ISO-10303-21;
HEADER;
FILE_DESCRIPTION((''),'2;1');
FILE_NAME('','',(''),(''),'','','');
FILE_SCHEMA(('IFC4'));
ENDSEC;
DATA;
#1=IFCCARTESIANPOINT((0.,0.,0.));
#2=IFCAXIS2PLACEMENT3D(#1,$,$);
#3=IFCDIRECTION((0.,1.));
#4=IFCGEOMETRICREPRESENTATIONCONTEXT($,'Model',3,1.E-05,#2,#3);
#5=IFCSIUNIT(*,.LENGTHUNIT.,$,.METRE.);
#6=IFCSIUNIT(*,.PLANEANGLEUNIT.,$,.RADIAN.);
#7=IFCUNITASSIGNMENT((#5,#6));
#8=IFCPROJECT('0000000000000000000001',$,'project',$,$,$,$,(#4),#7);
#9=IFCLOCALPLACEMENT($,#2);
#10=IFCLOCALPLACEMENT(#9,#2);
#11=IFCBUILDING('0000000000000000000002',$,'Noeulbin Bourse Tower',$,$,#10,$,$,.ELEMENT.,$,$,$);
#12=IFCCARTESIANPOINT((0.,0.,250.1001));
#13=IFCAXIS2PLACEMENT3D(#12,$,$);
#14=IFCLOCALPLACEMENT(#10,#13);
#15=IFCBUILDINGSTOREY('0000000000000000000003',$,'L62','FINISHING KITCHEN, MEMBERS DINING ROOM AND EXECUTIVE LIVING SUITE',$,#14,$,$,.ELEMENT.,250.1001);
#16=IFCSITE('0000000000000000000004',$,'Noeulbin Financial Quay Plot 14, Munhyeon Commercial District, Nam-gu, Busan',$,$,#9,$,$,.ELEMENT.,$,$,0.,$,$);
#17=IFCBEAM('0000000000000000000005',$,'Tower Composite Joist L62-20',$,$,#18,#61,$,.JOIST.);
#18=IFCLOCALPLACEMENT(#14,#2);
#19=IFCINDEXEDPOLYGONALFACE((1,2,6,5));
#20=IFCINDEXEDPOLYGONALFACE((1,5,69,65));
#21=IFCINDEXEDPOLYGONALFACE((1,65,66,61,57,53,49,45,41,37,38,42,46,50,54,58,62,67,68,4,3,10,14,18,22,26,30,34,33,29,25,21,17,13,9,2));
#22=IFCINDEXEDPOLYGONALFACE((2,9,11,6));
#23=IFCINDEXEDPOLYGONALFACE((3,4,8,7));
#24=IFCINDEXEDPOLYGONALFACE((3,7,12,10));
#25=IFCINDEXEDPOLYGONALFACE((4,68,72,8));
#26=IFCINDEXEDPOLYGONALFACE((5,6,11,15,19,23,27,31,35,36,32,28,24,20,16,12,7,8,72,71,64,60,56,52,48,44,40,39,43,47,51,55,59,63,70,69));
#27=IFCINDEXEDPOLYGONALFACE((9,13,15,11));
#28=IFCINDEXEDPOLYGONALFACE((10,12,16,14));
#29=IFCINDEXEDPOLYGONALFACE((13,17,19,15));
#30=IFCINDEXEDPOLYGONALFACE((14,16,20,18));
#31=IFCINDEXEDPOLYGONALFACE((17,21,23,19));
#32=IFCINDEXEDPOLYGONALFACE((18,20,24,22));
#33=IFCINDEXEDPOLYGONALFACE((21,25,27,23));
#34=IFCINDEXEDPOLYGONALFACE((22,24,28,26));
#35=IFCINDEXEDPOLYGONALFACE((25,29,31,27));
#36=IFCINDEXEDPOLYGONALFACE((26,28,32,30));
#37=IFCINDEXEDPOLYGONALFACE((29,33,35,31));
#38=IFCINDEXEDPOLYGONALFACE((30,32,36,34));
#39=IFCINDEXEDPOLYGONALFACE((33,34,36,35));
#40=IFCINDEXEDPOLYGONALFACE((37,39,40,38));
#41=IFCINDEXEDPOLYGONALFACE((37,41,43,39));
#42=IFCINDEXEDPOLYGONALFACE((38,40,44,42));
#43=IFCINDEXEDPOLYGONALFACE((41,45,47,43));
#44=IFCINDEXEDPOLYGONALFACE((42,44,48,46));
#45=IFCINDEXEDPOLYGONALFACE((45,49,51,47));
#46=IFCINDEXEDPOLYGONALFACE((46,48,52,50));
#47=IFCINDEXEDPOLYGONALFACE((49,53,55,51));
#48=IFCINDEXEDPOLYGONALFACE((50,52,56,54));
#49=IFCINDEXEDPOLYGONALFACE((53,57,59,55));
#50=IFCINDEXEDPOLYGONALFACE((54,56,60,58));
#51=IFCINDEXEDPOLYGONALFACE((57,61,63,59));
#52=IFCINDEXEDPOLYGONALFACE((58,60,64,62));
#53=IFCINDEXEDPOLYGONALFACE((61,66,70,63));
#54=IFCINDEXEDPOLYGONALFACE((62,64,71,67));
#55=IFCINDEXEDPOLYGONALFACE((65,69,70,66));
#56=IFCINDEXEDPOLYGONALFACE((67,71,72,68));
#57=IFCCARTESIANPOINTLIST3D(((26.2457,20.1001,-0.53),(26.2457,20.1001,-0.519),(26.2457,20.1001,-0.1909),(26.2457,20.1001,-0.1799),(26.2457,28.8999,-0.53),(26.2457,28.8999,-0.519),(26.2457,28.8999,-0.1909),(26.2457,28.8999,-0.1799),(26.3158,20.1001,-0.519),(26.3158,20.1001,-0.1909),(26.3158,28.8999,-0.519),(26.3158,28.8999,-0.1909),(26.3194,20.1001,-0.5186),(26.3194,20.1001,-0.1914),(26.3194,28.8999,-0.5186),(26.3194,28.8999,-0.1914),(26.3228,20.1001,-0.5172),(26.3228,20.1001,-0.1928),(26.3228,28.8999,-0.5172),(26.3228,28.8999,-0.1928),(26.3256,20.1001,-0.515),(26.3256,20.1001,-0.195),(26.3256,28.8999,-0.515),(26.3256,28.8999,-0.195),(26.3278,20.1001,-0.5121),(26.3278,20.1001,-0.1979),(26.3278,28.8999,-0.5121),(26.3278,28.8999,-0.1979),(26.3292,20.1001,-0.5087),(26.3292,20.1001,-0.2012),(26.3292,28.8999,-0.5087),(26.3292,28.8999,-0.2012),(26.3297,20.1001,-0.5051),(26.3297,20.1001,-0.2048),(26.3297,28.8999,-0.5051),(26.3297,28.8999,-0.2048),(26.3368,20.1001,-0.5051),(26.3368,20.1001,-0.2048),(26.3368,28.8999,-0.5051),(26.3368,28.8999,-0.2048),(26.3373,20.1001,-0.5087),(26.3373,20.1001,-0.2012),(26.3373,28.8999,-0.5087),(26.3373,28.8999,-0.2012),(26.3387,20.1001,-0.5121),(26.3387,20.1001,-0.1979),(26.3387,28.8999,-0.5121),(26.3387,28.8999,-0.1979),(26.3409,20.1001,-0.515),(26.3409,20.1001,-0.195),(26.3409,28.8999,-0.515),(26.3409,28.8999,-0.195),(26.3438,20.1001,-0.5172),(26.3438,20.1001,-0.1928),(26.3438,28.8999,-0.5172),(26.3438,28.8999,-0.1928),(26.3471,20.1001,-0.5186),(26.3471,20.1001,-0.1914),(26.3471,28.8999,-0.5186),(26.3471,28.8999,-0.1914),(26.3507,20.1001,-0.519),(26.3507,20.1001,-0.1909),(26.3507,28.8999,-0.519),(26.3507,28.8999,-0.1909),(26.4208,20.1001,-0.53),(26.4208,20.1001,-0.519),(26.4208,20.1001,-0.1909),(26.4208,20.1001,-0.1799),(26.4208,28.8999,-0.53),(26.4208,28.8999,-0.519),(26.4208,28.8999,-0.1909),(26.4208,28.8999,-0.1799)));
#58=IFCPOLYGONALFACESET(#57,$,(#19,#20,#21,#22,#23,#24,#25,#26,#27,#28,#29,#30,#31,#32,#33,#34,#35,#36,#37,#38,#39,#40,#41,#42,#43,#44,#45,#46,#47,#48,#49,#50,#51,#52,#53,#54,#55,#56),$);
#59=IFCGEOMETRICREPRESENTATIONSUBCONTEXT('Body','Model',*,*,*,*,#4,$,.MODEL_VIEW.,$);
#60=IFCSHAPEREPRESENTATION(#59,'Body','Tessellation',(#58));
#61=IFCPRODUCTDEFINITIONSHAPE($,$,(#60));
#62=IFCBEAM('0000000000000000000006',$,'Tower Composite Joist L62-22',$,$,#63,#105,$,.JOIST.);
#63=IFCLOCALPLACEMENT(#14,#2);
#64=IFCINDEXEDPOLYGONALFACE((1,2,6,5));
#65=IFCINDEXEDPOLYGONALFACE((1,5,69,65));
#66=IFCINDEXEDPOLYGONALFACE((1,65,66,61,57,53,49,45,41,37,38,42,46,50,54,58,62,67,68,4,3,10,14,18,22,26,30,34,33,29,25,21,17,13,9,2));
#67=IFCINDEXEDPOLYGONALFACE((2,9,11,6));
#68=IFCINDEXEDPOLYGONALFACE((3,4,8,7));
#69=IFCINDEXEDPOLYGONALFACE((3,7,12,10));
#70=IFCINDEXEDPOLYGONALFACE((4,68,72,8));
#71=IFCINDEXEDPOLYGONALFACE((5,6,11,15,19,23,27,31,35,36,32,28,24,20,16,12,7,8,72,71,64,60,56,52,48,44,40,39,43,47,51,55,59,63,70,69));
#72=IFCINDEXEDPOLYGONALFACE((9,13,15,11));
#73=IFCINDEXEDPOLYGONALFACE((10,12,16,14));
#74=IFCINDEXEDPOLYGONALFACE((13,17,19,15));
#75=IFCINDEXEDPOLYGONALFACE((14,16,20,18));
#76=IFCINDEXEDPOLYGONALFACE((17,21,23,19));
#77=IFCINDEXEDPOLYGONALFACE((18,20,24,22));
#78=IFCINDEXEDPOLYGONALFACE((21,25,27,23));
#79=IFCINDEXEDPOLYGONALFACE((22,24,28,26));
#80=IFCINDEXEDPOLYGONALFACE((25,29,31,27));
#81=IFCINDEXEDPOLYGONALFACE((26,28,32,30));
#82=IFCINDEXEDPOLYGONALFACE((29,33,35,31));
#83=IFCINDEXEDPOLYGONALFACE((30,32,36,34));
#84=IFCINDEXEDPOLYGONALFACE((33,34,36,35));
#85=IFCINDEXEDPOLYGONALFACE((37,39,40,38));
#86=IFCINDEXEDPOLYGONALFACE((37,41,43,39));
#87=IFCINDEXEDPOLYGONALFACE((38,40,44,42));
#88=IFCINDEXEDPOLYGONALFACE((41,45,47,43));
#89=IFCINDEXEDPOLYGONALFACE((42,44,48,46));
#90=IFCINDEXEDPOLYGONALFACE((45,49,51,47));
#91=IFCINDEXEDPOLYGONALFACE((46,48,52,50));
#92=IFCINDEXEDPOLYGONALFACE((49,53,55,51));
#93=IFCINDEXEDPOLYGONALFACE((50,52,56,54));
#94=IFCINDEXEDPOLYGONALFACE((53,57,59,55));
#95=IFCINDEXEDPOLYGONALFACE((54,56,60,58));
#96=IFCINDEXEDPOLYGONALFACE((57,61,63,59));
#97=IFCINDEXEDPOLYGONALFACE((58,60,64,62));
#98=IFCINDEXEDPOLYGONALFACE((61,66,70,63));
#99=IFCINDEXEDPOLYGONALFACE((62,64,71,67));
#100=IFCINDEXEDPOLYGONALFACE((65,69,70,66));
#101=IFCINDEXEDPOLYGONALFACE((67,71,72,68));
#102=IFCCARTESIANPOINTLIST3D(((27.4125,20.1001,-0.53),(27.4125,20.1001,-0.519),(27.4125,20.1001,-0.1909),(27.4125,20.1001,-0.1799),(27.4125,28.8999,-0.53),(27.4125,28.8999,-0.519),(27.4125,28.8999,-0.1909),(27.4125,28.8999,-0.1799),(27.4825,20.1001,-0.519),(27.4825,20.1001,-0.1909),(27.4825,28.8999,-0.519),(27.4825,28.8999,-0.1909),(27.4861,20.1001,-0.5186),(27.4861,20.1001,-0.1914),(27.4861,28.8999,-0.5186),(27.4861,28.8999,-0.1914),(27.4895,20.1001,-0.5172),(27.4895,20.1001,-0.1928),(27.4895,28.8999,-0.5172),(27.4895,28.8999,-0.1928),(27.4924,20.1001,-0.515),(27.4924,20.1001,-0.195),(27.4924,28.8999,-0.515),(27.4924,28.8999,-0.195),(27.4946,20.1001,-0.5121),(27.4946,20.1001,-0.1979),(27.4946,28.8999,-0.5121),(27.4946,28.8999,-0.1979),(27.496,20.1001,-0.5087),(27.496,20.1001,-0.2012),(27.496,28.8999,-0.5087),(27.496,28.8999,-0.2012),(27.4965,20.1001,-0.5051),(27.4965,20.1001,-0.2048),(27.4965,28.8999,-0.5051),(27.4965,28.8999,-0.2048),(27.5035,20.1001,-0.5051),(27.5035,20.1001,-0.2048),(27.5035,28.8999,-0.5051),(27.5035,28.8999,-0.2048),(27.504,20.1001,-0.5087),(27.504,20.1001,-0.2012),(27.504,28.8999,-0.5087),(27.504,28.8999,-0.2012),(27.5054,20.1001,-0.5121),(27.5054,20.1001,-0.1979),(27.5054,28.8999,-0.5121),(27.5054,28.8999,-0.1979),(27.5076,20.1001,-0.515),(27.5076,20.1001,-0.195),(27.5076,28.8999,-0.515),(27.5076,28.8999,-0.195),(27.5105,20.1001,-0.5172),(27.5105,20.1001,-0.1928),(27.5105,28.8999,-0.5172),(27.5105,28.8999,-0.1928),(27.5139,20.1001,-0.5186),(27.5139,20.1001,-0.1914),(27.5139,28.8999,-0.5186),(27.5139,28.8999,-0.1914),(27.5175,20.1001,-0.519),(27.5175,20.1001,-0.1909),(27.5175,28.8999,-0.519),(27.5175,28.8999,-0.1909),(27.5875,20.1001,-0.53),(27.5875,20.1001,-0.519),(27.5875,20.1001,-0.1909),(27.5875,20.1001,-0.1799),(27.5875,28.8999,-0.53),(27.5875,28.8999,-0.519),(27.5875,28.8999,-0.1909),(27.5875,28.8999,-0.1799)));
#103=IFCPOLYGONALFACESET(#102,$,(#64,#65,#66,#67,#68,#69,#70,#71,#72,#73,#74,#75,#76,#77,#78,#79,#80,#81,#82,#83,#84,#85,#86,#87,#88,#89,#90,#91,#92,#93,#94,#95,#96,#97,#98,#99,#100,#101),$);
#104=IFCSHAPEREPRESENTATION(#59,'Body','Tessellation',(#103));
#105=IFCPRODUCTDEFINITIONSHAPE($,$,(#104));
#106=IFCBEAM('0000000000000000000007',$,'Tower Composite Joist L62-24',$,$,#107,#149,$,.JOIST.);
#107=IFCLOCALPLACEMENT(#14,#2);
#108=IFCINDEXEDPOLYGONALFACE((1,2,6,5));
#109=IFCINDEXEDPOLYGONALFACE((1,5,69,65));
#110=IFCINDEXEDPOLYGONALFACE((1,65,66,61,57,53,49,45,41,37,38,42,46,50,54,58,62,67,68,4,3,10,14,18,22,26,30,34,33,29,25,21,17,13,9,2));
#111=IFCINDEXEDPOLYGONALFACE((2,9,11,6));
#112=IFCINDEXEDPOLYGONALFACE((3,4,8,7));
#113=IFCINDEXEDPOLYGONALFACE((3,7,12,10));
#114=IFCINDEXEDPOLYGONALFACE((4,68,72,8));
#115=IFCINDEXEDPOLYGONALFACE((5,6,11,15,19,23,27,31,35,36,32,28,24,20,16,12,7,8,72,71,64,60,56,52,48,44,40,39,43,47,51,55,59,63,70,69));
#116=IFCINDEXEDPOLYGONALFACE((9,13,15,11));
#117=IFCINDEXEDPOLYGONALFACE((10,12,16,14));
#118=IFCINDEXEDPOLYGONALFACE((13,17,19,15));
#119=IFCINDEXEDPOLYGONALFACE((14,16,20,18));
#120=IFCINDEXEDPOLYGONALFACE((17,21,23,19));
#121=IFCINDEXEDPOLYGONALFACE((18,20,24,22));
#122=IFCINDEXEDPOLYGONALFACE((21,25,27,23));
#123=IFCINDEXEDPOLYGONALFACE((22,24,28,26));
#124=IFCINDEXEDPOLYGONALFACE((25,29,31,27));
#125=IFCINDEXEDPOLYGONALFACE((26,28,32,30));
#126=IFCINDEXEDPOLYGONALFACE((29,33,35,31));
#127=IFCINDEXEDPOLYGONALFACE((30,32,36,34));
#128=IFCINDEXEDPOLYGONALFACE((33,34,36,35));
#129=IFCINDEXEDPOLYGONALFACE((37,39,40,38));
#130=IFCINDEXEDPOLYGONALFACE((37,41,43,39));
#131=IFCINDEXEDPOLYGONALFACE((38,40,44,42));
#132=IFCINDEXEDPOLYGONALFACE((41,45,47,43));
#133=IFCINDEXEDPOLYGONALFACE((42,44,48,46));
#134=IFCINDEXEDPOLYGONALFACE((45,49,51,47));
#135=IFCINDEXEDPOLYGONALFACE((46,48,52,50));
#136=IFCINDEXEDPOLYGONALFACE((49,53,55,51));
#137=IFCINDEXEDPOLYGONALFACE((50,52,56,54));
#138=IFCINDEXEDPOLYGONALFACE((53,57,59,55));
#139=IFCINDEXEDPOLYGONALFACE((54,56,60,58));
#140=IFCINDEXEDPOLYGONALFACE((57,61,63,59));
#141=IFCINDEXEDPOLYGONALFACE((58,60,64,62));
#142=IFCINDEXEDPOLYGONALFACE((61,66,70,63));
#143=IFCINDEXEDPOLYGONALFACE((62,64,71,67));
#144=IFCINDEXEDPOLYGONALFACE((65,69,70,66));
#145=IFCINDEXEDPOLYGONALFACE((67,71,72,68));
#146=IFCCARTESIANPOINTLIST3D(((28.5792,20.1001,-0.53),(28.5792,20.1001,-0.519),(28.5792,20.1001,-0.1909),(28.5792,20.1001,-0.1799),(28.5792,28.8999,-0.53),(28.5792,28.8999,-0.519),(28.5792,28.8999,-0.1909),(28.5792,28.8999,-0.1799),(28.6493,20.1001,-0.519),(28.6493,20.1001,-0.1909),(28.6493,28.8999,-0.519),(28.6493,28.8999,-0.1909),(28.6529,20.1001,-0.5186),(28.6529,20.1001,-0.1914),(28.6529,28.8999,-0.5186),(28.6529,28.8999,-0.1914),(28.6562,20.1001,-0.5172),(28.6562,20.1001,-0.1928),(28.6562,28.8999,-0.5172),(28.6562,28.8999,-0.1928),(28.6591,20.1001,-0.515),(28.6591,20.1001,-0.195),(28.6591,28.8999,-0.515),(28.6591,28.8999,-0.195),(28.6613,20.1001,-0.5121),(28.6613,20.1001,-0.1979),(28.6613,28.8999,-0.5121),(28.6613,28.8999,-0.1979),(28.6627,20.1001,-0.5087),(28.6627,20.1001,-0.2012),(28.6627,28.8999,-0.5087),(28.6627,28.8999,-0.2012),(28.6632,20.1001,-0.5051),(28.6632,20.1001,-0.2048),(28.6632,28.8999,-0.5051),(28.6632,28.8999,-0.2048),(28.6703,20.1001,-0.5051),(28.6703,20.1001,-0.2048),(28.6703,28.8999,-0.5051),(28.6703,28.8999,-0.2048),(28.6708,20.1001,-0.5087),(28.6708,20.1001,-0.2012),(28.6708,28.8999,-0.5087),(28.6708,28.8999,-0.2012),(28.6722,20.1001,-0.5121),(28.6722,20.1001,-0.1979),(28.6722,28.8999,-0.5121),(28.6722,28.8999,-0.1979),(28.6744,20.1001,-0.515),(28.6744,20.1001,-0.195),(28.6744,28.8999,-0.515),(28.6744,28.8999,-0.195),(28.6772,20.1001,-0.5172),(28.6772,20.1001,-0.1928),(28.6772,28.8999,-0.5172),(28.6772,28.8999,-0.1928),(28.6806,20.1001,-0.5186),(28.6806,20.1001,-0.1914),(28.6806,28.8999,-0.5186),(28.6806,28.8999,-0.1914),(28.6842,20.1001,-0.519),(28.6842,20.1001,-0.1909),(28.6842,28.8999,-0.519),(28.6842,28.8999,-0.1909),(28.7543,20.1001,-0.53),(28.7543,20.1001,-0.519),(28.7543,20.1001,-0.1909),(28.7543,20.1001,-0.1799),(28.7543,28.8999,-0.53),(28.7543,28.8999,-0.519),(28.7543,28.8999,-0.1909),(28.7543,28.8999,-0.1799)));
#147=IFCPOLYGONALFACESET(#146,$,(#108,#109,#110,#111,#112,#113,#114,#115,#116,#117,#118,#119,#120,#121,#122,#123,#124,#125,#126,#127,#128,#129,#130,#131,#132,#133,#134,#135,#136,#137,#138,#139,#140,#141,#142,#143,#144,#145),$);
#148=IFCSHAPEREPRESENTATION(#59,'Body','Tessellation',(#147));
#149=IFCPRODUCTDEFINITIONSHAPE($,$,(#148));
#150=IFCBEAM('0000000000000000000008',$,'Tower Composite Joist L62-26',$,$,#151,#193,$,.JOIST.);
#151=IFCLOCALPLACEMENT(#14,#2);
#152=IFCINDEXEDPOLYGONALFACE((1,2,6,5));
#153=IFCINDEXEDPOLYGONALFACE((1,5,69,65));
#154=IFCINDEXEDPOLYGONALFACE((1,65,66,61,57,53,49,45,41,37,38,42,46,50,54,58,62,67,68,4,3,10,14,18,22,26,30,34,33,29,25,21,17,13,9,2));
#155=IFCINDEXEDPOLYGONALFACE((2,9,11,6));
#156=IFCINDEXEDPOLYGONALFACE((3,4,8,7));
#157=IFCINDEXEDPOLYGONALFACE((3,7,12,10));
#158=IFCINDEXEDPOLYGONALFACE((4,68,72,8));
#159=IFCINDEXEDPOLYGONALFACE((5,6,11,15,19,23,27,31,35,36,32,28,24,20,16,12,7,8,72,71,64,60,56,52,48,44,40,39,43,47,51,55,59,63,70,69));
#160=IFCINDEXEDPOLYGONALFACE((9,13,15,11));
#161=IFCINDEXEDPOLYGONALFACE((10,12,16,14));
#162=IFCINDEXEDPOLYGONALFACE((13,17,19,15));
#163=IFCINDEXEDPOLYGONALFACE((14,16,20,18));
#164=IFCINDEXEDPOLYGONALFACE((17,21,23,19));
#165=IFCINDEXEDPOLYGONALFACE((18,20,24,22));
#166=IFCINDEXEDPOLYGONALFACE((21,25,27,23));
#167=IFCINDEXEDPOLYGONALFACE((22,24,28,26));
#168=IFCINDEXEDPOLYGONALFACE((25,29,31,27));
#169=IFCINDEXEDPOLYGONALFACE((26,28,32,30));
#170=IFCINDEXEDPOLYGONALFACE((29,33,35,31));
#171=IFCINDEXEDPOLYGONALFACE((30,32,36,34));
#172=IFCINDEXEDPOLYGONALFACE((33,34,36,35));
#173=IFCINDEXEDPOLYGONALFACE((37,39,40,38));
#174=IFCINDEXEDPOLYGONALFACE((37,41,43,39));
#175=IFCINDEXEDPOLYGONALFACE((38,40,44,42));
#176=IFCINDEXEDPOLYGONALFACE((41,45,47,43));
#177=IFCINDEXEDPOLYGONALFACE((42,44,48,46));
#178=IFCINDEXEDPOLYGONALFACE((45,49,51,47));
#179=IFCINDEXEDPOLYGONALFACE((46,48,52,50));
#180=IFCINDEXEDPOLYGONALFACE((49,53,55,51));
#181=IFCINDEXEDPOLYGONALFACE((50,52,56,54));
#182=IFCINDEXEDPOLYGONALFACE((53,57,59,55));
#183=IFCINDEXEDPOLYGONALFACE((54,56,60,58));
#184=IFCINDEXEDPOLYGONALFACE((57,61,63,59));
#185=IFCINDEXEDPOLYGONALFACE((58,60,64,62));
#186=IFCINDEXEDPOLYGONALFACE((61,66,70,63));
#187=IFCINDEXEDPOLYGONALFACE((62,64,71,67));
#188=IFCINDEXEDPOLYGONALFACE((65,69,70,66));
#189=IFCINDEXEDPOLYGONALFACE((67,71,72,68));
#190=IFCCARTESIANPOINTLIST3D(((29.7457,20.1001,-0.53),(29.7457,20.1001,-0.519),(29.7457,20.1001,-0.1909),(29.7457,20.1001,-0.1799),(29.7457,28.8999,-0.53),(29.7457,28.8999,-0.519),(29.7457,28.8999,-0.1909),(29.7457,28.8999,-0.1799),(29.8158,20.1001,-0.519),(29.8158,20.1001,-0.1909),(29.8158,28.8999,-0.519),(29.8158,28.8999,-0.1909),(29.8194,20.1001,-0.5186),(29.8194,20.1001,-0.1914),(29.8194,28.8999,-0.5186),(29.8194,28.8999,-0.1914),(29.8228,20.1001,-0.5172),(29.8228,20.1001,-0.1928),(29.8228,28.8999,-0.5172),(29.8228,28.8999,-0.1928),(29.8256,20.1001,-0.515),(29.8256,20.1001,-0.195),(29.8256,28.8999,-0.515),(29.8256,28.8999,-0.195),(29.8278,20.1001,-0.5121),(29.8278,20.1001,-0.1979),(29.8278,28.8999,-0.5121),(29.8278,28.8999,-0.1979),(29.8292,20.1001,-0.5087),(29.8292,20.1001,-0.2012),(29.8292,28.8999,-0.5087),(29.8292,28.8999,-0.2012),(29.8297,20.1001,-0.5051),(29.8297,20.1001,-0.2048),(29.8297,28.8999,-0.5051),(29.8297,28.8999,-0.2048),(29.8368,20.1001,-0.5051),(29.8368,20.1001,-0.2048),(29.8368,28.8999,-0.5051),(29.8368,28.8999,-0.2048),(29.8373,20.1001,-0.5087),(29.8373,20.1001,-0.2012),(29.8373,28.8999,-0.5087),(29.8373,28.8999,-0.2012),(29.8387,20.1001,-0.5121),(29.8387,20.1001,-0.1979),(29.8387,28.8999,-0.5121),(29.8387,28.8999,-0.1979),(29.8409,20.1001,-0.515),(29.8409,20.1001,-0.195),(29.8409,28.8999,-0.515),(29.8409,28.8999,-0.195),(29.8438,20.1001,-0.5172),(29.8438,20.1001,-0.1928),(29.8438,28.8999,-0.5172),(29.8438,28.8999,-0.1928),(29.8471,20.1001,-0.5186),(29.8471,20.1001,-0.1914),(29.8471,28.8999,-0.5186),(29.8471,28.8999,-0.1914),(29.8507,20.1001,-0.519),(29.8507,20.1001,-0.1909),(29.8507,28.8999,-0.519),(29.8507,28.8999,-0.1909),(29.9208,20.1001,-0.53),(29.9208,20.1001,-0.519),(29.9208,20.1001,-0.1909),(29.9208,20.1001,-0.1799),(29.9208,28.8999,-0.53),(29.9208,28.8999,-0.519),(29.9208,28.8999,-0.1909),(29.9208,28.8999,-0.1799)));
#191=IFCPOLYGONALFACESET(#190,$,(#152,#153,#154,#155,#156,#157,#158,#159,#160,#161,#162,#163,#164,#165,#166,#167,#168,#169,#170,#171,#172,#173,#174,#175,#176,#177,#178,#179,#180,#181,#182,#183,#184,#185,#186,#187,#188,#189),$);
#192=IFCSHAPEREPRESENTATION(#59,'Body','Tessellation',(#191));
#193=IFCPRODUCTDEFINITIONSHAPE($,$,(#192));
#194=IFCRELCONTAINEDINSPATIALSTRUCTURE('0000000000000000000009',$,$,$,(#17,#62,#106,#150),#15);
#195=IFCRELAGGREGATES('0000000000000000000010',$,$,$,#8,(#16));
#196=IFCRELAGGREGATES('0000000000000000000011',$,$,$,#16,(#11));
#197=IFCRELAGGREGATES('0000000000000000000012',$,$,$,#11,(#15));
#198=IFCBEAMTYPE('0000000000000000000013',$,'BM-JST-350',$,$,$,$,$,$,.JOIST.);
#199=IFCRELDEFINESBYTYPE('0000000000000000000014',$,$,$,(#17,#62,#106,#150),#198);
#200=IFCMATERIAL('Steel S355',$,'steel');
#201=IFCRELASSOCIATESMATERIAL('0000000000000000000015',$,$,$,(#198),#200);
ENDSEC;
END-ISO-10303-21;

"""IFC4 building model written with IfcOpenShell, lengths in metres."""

from ifc_helpers import new_model, si_unit, direction, frame, origin, origin_2d, place, context, subcontext, project, spatial, i_section, extrude, material, material_profile, profile_set, type_object, element, save


model = new_model("IFC4")

# Units and contexts
model_context = context("Model", 3, precision=1e-05, world=origin(), true_north=direction((0.0, 1.0)))
body_context = subcontext(model_context, "Body", "Model", "MODEL_VIEW")
ifc_project = project(units=[si_unit("LENGTHUNIT", "METRE"), si_unit("PLANEANGLEUNIT", "RADIAN")], contexts=[model_context])

# Site, building, storey
site_placement = place(None, origin())
site = spatial("IfcSite", under=ifc_project, at=site_placement, Name="Noeulbin Financial Quay Plot 14, Munhyeon Commercial District, Nam-gu, Busan", CompositionType="ELEMENT", RefElevation=0.0)
building_placement = place(site_placement, origin())
building = spatial("IfcBuilding", under=site, at=building_placement, Name="Noeulbin Bourse Tower", CompositionType="ELEMENT")
storey_placement = place(building_placement, frame((0.0, 0.0, 250.1001)))
storey = spatial("IfcBuildingStorey", under=building, at=storey_placement, Name="L62", Description="FINISHING KITCHEN, MEMBERS DINING ROOM AND EXECUTIVE LIVING SUITE", CompositionType="ELEMENT", Elevation=250.1001)

# Shared definitions
ifc_material_1 = material(Name="Steel S355", Category="steel")

# Beams
ifc_material_profile_1 = material_profile(ifc_material_1, i_section(OverallWidth=0.175, OverallDepth=0.3501, WebThickness=0.0071, FlangeThickness=0.011, FilletRadius=0.0139, at=origin_2d()), Name="H-350x175x7x11", Category="LoadBearing")
ifc_profile_set_1 = profile_set([ifc_material_profile_1], Name="Steel S355")
beam_type = type_object("IfcBeamType", Name="BM-JST-350", PredefinedType="JOIST", material=ifc_profile_set_1)
for number, where, z_axis, x_axis, name in (
    (1, (26.3333, 20.1001, -0.355), (0.0, 1.0, 0.0), (-1.0, 0.0, 0.0), "Tower Composite Joist L62-20"),
    (2, (27.5, 20.1001, -0.355), (0.0, 1.0, 0.0), (-1.0, 0.0, 0.0), "Tower Composite Joist L62-22"),
    (3, (28.6667, 20.1001, -0.355), (0.0, 1.0, 0.0), (-1.0, 0.0, 0.0), "Tower Composite Joist L62-24"),
    (4, (29.8333, 20.1001, -0.355), (0.0, 1.0, 0.0), (-1.0, 0.0, 0.0), "Tower Composite Joist L62-26"),
):
    element("IfcBeam", number, at=place(storey_placement, frame(where, z_axis=z_axis, x_axis=x_axis)), inside=storey, type_object=beam_type, Name=name, PredefinedType="JOIST", context=body_context, shape_type="SweptSolid", body=[
        extrude(i_section(OverallWidth=0.175, OverallDepth=0.3501, WebThickness=0.0071, FlangeThickness=0.011, FilletRadius=0.0139, at=origin_2d()), origin(), (0.0, 0.0, 1.0), 8.7998),
    ])

save(model, "model.ifc")
